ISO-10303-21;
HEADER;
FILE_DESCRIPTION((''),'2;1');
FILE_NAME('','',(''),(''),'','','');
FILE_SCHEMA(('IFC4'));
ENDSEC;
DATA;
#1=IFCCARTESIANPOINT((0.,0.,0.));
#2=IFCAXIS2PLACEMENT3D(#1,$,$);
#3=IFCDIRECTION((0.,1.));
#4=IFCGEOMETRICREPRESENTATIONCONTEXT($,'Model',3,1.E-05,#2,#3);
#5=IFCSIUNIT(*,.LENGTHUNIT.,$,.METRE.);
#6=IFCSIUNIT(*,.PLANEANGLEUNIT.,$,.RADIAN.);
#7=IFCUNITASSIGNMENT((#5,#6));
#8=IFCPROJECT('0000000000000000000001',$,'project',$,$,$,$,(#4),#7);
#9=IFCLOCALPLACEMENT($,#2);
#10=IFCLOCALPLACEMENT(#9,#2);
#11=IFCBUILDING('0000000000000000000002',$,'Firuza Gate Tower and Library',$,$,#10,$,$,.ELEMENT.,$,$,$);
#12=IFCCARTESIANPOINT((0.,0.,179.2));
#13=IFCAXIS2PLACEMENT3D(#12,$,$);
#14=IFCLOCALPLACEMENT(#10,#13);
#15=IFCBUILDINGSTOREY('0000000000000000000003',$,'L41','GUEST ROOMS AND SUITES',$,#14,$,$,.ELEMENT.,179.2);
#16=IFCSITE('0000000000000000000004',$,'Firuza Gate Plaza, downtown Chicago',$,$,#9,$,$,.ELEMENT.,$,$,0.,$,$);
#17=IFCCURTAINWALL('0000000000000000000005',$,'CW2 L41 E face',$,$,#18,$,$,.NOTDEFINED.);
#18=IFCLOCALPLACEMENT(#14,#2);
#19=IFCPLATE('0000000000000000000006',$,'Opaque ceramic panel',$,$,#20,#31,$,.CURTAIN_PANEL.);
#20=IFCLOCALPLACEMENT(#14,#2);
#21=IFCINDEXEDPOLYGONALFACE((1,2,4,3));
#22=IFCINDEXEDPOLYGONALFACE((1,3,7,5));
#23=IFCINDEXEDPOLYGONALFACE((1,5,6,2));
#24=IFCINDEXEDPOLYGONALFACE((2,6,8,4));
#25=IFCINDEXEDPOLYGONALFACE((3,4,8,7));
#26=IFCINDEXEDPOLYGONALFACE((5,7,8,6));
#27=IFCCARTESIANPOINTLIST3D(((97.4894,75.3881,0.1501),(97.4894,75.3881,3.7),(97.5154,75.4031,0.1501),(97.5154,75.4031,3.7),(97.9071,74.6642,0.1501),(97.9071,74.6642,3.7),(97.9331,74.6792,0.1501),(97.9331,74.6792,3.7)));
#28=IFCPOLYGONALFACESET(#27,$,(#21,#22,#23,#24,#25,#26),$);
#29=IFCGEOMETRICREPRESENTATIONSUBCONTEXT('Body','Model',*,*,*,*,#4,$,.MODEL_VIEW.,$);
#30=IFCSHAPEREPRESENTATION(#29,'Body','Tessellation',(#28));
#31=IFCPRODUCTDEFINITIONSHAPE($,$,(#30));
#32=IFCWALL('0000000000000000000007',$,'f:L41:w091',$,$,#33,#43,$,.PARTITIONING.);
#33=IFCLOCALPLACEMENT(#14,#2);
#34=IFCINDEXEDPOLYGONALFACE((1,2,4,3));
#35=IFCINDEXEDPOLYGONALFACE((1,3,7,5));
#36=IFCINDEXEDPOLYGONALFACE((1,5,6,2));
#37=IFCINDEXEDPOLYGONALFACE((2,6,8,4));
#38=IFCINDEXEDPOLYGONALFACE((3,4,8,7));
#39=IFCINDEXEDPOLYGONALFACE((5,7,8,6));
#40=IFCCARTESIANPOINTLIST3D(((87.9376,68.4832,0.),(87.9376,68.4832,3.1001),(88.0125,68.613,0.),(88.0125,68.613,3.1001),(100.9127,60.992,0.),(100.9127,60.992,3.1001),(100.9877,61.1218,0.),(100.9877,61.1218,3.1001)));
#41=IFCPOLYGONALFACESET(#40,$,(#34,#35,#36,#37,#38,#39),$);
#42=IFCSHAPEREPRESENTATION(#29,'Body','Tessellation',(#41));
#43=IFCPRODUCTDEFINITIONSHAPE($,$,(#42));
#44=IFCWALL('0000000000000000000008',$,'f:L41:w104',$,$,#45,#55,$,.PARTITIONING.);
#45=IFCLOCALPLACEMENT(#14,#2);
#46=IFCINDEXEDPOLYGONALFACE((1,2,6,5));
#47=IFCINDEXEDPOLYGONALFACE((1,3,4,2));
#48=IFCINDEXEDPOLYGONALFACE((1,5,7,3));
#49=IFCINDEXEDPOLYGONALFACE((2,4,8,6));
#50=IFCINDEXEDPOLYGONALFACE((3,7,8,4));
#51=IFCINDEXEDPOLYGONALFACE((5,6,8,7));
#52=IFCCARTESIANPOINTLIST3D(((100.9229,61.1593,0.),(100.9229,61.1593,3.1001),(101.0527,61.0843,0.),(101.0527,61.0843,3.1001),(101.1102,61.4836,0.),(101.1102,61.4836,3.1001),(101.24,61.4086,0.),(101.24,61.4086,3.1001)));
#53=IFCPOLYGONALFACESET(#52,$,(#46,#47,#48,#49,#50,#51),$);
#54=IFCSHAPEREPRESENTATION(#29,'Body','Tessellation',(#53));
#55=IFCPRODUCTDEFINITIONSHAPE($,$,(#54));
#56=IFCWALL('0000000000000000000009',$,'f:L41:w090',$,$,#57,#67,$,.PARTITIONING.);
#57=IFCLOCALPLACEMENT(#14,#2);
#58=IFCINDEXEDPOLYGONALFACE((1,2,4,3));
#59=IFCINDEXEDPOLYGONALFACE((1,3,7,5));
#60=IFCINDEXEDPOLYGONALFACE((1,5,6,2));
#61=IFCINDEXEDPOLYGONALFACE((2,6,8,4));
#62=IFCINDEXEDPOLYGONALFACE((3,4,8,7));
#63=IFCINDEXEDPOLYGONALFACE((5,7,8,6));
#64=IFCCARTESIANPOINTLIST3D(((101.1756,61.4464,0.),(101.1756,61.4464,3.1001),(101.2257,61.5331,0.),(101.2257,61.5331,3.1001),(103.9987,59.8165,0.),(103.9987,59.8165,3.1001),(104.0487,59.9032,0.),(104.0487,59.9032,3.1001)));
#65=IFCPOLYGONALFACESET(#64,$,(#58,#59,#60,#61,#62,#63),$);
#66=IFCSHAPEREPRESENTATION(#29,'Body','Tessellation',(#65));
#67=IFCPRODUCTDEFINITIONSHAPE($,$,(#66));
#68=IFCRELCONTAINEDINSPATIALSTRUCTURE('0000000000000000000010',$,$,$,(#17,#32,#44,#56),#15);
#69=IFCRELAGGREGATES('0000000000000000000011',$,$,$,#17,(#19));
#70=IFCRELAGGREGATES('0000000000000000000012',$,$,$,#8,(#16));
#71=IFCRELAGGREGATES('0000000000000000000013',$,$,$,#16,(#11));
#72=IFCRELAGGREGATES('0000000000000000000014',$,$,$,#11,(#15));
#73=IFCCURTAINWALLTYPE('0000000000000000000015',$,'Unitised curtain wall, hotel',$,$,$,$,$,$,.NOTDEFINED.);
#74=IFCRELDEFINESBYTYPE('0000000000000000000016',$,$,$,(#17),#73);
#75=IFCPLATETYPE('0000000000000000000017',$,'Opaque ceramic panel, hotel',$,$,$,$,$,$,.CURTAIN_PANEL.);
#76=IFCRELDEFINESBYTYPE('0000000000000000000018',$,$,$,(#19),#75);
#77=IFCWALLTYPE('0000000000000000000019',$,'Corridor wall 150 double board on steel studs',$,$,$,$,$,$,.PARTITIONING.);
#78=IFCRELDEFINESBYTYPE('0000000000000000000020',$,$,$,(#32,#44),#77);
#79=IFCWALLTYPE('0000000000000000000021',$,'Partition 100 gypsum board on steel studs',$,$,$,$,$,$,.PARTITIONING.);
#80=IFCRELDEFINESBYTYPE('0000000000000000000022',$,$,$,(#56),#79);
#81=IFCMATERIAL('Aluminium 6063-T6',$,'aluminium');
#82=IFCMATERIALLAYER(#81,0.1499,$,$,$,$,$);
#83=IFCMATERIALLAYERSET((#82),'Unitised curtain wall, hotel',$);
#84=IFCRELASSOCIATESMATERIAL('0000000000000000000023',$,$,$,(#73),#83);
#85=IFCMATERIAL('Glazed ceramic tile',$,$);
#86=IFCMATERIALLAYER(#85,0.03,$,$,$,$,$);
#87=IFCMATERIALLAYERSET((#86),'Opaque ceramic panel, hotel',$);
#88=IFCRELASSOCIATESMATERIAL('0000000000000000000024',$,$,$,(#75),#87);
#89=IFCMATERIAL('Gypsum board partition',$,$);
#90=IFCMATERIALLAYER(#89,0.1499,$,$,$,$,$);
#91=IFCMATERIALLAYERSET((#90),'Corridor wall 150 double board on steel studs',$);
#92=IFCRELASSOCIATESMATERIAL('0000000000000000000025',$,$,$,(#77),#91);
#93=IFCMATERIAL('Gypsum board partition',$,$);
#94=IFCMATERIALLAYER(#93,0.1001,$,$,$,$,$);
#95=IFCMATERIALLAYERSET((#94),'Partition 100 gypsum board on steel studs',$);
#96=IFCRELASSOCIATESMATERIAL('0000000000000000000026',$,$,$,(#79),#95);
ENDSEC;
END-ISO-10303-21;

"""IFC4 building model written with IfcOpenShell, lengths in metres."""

from ifc_helpers import new_model, si_unit, direction, frame, frame_2d, origin, place, context, subcontext, project, spatial, polyline, rectangle, outline, extrude, material, layer, layer_set, type_object, element, aggregate, save


model = new_model("IFC4")

# Units and contexts
model_context = context("Model", 3, precision=1e-05, world=origin(), true_north=direction((0.0, 1.0)))
body_context = subcontext(model_context, "Body", "Model", "MODEL_VIEW")
ifc_project = project(units=[si_unit("LENGTHUNIT", "METRE"), si_unit("PLANEANGLEUNIT", "RADIAN")], contexts=[model_context])

# Site, building, storey
site_placement = place(None, origin())
site = spatial("IfcSite", under=ifc_project, at=site_placement, Name="Firuza Gate Plaza, downtown Chicago", CompositionType="ELEMENT", RefElevation=0.0)
building_placement = place(site_placement, origin())
building = spatial("IfcBuilding", under=site, at=building_placement, Name="Firuza Gate Tower and Library", CompositionType="ELEMENT")
storey_placement = place(building_placement, frame((0.0, 0.0, 179.2)))
storey = spatial("IfcBuildingStorey", under=building, at=storey_placement, Name="L41", Description="GUEST ROOMS AND SUITES", CompositionType="ELEMENT", Elevation=179.2)

# Curtain wall
ifc_material_1 = material(Name="Aluminium 6063-T6", Category="aluminium")
ifc_layer_1 = layer(ifc_material_1, 0.1499)
ifc_layer_set_1 = layer_set([ifc_layer_1], Name="Unitised curtain wall, hotel")
curtain_wall_type_1 = type_object("IfcCurtainWallType", Name="Unitised curtain wall, hotel", PredefinedType="NOTDEFINED", material=ifc_layer_set_1)
placement = place(storey_placement, origin())
curtain_wall_1 = element("IfcCurtainWall", 1, at=placement, inside=storey, type_object=curtain_wall_type_1, Name="CW2 L41 E face", PredefinedType="NOTDEFINED")

# Plate
ifc_material_2 = material(Name="Glazed ceramic tile")
ifc_layer_2 = layer(ifc_material_2, 0.03)
ifc_layer_set_2 = layer_set([ifc_layer_2], Name="Opaque ceramic panel, hotel")
plate_type_1 = type_object("IfcPlateType", Name="Opaque ceramic panel, hotel", PredefinedType="CURTAIN_PANEL", material=ifc_layer_set_2)
plate_1_placement = place(storey_placement, frame((97.9331, 74.6792, 0.1501), z_axis=(0.866132, 0.499815, 0.0), x_axis=(-0.499815, 0.866132, 0.0)))
plate_1 = element("IfcPlate", 2, at=plate_1_placement, type_object=plate_type_1, Name="Opaque ceramic panel", PredefinedType="CURTAIN_PANEL", context=body_context, shape_type="SweptSolid", body=[
    extrude(outline(polyline([(0.0, 0.0), (0.8358, 0.0), (0.8358, 3.5498), (0.0, 3.5498), (0.0, 0.0)])), origin(), (0.0, 0.0, -1.0), 0.03),
])
aggregate(curtain_wall_1, [plate_1])

# Walls
ifc_material_3 = material(Name="Gypsum board partition")
ifc_layer_3 = layer(ifc_material_3, 0.1499)
ifc_layer_set_3 = layer_set([ifc_layer_3], Name="Corridor wall 150 double board on steel studs")
wall_type_1 = type_object("IfcWallType", Name="Corridor wall 150 double board on steel studs", PredefinedType="PARTITIONING", material=ifc_layer_set_3)
wall_1_placement = place(storey_placement, frame((100.9502, 61.0569, 0.0), z_axis=(0.0, 0.0, 1.0), x_axis=(-0.866024, 0.500002, 0.0)))
element("IfcWall", 3, at=wall_1_placement, inside=storey, type_object=wall_type_1, Name="f:L41:w091", PredefinedType="PARTITIONING", context=body_context, shape_type="SweptSolid", body=[
    extrude(rectangle(XDim=14.9824, YDim=0.1499, at=frame_2d((7.4912, 0.0))), origin(), (0.0, 0.0, 1.0), 3.1001),
])
wall_2_placement = place(storey_placement, frame((100.9878, 61.1218, 0.0), z_axis=(0.0, 0.0, 1.0), x_axis=(0.500136, 0.865947, 0.0)))
element("IfcWall", 4, at=wall_2_placement, inside=storey, type_object=wall_type_1, Name="f:L41:w104", PredefinedType="PARTITIONING", context=body_context, shape_type="SweptSolid", body=[
    extrude(rectangle(XDim=0.3745, YDim=0.1499, at=frame_2d((0.1873, 0.0))), origin(), (0.0, 0.0, 1.0), 3.1001),
])
ifc_material_4 = material(Name="Gypsum board partition")
ifc_layer_4 = layer(ifc_material_4, 0.1001)
ifc_layer_set_4 = layer_set([ifc_layer_4], Name="Partition 100 gypsum board on steel studs")
wall_type_2 = type_object("IfcWallType", Name="Partition 100 gypsum board on steel studs", PredefinedType="PARTITIONING", material=ifc_layer_set_4)
wall_3_placement = place(storey_placement, frame((104.0237, 59.8599, 0.0), z_axis=(0.0, 0.0, 1.0), x_axis=(-0.866022, 0.500006, 0.0)))
element("IfcWall", 5, at=wall_3_placement, inside=storey, type_object=wall_type_2, Name="f:L41:w090", PredefinedType="PARTITIONING", context=body_context, shape_type="SweptSolid", body=[
    extrude(rectangle(XDim=3.2598, YDim=0.1001, at=frame_2d((1.6299, 0.0))), origin(), (0.0, 0.0, 1.0), 3.1001),
])

save(model, "model.ifc")
